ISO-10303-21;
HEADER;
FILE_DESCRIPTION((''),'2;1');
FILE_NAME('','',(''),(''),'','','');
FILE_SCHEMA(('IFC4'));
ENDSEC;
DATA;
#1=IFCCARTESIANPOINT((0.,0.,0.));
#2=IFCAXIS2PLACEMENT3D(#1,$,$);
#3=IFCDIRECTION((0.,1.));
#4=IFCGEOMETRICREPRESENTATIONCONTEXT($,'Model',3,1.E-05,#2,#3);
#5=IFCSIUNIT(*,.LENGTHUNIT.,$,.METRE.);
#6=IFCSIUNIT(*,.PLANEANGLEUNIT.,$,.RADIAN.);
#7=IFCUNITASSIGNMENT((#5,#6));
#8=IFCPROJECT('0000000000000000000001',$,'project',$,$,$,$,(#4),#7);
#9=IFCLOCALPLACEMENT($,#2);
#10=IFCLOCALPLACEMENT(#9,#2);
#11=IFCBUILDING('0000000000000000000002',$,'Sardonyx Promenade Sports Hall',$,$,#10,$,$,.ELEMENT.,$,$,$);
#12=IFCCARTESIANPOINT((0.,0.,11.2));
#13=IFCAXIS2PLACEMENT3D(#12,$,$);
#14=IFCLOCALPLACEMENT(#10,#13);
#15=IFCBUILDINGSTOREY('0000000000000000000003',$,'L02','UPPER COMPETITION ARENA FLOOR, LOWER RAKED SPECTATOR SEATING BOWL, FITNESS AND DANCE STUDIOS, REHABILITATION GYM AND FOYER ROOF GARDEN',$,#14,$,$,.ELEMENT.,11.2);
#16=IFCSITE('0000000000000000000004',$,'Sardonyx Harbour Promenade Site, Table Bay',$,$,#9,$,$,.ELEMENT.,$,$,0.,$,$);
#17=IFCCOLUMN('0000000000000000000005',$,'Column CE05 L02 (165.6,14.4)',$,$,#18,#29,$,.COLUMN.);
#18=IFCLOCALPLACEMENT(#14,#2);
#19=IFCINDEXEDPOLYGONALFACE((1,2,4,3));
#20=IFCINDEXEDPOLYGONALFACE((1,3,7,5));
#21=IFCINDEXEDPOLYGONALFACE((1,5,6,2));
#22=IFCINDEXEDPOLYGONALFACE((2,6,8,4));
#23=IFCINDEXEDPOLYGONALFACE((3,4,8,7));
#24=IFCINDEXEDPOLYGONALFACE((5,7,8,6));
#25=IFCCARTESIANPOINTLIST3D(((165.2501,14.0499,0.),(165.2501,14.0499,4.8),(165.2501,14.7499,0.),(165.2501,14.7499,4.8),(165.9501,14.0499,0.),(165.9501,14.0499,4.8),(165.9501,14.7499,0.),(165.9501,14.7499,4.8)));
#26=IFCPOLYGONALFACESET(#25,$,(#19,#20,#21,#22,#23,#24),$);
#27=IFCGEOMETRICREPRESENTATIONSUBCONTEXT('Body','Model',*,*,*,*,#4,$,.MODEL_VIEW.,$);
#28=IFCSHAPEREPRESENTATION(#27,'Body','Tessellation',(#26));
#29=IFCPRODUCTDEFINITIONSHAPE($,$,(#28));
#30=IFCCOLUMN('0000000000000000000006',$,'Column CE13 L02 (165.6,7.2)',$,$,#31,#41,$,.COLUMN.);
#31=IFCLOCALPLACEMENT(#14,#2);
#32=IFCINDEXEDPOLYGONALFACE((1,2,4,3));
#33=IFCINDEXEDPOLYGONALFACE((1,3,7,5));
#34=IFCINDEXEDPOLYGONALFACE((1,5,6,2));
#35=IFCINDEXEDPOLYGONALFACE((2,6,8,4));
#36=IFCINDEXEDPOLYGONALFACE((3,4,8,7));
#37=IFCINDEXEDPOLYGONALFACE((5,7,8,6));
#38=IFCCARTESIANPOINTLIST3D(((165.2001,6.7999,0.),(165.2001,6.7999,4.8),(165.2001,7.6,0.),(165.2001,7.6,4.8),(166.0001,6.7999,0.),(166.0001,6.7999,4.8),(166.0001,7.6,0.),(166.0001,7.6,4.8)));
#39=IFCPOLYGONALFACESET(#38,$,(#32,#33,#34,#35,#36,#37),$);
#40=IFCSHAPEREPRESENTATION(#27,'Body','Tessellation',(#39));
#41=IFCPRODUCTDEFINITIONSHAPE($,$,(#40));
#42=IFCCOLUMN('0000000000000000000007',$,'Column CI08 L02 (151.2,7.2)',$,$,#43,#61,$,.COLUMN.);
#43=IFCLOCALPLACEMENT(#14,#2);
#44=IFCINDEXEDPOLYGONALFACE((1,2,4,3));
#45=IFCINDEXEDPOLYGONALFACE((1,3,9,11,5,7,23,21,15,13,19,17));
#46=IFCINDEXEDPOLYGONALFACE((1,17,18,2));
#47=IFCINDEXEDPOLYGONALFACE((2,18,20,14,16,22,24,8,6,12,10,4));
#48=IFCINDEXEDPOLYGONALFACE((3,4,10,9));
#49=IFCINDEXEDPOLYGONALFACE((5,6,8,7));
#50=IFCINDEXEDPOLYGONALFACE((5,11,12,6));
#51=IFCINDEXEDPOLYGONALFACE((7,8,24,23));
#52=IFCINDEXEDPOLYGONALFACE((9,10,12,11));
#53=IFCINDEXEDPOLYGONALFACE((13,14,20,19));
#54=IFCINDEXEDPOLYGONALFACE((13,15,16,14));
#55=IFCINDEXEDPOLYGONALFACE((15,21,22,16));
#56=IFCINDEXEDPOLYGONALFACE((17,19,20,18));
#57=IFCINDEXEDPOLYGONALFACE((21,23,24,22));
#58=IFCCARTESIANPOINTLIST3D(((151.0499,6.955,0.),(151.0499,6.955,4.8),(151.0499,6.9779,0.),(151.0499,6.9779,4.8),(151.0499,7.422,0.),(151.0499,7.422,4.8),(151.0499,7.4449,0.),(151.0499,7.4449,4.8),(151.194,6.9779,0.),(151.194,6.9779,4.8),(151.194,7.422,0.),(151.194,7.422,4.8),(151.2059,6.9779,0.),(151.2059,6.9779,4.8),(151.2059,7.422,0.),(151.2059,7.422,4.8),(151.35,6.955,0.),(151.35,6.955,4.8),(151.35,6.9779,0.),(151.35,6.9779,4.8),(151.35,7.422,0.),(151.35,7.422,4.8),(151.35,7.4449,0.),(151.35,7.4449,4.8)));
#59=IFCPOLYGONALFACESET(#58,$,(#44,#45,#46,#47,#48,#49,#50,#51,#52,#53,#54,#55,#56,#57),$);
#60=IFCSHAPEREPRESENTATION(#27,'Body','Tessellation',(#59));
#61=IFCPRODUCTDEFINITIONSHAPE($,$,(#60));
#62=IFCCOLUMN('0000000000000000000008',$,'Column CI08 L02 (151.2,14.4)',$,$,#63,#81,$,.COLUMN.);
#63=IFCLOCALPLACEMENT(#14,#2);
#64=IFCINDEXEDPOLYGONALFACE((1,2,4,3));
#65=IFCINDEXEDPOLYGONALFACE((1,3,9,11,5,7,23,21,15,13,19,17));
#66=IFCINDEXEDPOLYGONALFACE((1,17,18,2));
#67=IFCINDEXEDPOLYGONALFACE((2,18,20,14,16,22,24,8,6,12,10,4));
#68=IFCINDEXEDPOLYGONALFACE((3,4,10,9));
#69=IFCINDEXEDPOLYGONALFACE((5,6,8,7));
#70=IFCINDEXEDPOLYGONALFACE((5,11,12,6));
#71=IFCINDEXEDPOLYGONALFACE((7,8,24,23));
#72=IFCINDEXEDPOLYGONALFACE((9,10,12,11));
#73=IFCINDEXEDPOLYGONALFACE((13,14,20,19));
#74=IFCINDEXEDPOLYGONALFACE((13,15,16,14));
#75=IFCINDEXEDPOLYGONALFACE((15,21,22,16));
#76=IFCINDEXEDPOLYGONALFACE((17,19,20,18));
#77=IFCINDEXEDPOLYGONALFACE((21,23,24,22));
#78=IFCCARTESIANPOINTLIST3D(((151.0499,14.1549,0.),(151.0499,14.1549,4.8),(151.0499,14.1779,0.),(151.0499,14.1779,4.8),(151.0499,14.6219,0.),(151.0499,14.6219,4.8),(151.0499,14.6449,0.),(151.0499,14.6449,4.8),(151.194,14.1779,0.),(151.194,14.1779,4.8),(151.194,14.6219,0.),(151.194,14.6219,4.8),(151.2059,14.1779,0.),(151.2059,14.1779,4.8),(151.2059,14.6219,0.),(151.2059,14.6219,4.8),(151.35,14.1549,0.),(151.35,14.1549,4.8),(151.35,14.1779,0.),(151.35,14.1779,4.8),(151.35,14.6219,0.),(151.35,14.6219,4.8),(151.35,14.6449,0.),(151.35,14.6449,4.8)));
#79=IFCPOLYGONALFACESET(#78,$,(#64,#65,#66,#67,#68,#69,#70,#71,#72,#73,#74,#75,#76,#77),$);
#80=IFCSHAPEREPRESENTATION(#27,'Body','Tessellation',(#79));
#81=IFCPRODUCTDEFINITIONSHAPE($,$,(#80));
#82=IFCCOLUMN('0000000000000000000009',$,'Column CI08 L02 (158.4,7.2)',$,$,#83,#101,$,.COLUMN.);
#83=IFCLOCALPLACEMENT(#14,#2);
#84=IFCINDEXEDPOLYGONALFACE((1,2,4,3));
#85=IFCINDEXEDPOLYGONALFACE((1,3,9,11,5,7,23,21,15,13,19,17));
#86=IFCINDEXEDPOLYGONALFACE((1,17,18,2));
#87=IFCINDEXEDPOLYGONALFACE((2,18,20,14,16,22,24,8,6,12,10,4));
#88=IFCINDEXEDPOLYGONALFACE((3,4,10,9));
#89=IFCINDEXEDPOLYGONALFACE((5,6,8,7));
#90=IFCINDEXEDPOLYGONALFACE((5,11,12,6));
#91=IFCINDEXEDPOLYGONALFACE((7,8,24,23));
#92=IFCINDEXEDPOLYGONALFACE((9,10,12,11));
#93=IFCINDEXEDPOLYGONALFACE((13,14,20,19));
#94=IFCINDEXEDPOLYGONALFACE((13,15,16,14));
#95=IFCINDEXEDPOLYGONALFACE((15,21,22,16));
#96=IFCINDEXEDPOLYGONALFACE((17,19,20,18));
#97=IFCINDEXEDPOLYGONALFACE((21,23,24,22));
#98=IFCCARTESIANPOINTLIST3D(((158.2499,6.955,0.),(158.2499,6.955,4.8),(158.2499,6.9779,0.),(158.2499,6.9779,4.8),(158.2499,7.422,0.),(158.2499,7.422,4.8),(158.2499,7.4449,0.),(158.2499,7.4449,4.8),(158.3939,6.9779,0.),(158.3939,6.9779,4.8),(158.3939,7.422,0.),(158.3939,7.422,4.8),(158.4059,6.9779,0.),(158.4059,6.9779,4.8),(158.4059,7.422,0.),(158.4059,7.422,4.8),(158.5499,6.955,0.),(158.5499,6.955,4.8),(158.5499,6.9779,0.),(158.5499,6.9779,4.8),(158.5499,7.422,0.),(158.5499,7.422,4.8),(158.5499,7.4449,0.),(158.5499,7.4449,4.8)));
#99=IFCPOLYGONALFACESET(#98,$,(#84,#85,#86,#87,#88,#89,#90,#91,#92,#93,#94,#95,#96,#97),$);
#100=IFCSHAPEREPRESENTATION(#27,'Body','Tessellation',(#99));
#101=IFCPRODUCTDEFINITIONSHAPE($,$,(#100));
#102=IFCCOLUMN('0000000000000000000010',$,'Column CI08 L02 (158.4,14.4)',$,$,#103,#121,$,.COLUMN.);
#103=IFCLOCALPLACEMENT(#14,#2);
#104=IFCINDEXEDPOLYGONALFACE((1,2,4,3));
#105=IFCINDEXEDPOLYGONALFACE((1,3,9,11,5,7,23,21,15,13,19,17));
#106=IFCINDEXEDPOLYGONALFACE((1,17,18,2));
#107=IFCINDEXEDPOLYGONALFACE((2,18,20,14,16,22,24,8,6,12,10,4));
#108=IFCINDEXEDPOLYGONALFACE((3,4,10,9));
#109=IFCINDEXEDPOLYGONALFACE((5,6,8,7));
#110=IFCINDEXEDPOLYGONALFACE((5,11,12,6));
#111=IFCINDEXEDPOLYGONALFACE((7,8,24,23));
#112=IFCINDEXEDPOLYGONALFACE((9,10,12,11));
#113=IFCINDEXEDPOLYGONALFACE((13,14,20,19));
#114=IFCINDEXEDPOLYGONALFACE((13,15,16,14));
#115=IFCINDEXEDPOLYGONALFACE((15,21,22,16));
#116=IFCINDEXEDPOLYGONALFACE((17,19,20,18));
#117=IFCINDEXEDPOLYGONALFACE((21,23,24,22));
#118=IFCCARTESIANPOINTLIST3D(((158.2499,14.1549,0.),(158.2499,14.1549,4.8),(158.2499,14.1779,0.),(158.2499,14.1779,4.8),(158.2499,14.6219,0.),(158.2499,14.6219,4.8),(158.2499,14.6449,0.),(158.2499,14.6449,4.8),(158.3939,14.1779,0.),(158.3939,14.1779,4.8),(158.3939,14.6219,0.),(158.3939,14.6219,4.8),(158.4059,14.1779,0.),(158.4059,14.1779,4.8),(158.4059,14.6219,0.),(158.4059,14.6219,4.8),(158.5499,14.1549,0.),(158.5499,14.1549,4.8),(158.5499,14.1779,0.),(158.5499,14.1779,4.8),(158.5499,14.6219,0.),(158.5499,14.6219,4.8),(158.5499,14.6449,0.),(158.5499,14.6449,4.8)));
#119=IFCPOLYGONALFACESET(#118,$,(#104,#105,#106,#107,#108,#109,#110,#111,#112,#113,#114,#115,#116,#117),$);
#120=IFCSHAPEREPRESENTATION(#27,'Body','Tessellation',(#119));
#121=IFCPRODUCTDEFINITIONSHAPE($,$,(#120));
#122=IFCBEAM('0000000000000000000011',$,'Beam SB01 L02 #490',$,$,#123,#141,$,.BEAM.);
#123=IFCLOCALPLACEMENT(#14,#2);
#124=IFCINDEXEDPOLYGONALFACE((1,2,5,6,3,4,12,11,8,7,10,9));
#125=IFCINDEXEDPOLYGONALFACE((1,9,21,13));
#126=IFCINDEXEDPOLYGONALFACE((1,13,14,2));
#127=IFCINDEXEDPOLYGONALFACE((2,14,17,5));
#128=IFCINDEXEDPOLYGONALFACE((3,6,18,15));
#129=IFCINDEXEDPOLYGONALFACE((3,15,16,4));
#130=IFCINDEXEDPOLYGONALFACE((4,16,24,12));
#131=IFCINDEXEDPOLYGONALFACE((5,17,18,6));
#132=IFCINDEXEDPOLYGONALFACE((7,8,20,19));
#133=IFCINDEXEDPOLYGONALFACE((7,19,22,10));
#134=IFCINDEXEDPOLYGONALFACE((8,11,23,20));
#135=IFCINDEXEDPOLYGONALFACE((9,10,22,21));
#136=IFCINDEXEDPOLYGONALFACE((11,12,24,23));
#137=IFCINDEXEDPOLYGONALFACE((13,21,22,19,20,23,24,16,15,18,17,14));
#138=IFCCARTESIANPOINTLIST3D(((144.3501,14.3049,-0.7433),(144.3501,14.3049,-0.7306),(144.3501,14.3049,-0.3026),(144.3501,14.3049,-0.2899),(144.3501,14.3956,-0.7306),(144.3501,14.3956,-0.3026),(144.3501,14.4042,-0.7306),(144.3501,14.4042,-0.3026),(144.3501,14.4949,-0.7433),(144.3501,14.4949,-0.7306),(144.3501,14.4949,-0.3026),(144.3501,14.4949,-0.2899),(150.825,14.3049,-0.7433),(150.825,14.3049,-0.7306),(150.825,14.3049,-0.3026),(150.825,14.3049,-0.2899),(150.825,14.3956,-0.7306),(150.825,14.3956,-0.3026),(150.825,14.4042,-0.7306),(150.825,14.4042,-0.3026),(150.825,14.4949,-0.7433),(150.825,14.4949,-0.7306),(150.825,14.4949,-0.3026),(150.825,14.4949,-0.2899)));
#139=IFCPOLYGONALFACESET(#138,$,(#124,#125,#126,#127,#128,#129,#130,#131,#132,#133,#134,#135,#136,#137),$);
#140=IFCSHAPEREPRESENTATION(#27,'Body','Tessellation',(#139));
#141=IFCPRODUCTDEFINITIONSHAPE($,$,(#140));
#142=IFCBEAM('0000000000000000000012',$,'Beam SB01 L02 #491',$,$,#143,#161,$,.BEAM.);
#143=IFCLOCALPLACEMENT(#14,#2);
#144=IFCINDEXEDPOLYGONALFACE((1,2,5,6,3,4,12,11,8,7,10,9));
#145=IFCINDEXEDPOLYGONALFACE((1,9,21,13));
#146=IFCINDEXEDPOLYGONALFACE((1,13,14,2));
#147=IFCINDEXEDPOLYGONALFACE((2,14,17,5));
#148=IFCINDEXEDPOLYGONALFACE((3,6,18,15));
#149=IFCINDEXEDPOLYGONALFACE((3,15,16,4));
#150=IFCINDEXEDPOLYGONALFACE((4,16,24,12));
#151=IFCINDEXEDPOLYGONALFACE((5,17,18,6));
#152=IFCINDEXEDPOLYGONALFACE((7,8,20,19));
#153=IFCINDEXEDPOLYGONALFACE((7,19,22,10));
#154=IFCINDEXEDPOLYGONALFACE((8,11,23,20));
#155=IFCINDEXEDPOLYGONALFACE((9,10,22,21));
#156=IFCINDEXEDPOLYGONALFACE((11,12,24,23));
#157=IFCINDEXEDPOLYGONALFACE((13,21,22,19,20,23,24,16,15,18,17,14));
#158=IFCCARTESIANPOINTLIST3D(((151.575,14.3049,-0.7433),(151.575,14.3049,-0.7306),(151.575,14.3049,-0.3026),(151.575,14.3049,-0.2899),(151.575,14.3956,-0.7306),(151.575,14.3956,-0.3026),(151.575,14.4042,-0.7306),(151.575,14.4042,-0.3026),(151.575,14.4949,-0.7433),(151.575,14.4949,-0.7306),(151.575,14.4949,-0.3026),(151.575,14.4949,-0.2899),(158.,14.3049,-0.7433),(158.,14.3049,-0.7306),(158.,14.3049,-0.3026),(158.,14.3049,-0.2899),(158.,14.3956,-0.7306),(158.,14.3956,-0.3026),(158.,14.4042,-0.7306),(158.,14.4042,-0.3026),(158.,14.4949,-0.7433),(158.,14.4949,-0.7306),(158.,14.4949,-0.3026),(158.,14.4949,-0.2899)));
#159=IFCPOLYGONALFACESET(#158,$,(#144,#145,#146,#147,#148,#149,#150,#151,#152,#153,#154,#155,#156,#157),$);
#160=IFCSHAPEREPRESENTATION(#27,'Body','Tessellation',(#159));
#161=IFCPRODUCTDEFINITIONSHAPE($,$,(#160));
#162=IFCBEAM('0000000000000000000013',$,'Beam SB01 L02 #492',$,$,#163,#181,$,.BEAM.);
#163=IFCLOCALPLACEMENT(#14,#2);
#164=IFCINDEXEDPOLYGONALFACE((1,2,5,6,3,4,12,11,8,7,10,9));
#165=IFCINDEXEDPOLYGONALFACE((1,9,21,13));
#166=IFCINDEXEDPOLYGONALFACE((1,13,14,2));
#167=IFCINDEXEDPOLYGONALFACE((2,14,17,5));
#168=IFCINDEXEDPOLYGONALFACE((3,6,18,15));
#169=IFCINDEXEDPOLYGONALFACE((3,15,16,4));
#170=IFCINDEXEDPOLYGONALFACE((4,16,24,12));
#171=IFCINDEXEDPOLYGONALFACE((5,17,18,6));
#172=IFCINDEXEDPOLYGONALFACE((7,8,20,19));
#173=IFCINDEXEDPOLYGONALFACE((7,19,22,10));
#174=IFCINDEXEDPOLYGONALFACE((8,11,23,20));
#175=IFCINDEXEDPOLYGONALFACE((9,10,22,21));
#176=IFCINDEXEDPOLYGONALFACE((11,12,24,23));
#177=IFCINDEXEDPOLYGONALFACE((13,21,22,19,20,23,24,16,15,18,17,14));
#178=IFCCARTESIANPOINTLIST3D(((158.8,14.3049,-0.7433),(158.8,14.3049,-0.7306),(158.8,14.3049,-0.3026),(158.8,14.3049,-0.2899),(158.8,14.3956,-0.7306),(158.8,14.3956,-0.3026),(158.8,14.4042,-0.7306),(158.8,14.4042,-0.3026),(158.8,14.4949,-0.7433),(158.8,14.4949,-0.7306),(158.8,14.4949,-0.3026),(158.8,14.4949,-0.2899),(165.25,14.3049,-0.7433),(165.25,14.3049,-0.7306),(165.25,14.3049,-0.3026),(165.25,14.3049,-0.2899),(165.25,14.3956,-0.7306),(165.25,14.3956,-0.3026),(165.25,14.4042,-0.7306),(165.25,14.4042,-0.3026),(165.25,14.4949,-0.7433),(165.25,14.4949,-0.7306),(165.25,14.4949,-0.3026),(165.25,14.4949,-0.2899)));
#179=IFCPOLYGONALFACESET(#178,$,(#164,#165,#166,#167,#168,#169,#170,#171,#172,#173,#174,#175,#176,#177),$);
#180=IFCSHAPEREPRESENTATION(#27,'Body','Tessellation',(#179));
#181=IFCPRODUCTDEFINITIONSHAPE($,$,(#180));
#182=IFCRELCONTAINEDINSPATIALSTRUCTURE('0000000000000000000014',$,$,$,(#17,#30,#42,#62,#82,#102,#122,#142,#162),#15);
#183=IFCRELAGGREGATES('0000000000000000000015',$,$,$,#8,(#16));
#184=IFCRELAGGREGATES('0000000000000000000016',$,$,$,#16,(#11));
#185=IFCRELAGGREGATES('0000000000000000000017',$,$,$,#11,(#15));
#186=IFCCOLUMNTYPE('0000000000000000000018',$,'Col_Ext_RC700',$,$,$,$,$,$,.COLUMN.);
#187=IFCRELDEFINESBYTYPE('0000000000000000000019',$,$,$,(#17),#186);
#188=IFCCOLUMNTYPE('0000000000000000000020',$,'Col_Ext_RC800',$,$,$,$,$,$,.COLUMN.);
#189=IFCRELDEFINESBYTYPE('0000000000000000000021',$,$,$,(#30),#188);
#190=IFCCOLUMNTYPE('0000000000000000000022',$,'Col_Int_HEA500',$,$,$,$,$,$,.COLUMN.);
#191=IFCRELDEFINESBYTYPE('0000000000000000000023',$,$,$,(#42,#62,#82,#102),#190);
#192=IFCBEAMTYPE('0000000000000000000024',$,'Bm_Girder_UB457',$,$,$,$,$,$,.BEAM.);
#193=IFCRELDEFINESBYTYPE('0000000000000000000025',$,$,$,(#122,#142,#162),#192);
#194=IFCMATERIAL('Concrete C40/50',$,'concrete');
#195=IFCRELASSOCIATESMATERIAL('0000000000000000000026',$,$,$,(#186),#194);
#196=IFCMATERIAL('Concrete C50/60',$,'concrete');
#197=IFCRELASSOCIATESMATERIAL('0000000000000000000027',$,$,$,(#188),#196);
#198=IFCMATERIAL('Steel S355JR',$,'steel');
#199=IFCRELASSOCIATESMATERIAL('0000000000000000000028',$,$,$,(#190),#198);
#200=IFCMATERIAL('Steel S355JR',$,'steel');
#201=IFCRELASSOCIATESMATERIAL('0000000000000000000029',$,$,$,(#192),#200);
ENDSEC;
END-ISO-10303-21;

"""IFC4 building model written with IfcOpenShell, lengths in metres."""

from ifc_helpers import new_model, si_unit, direction, frame, origin, origin_2d, place, context, subcontext, project, spatial, rectangle, i_section, extrude, material, material_profile, profile_set, type_object, element, save


model = new_model("IFC4")

# Units and contexts
model_context = context("Model", 3, precision=1e-05, world=origin(), true_north=direction((0.0, 1.0)))
body_context = subcontext(model_context, "Body", "Model", "MODEL_VIEW")
ifc_project = project(units=[si_unit("LENGTHUNIT", "METRE"), si_unit("PLANEANGLEUNIT", "RADIAN")], contexts=[model_context])

# Site, building, storey
site_placement = place(None, origin())
site = spatial("IfcSite", under=ifc_project, at=site_placement, Name="Sardonyx Harbour Promenade Site, Table Bay", CompositionType="ELEMENT", RefElevation=0.0)
building_placement = place(site_placement, origin())
building = spatial("IfcBuilding", under=site, at=building_placement, Name="Sardonyx Promenade Sports Hall", CompositionType="ELEMENT")
storey_placement = place(building_placement, frame((0.0, 0.0, 11.2)))
storey = spatial("IfcBuildingStorey", under=building, at=storey_placement, Name="L02", Description="UPPER COMPETITION ARENA FLOOR, LOWER RAKED SPECTATOR SEATING BOWL, FITNESS AND DANCE STUDIOS, REHABILITATION GYM AND FOYER ROOF GARDEN", CompositionType="ELEMENT", Elevation=11.2)

# Columns
ifc_material_1 = material(Name="Concrete C40/50", Category="concrete")
ifc_material_profile_1 = material_profile(ifc_material_1, rectangle(XDim=0.7, YDim=0.7, at=origin_2d()))
ifc_profile_set_1 = profile_set([ifc_material_profile_1], Name="Concrete C40/50")
column_type_1 = type_object("IfcColumnType", Name="Col_Ext_RC700", PredefinedType="COLUMN", material=ifc_profile_set_1)
column_1_placement = place(storey_placement, frame((165.6001, 14.3999, 0.0), z_axis=(0.0, 0.0, 1.0), x_axis=(1.0, 0.0, 0.0)))
element("IfcColumn", 1, at=column_1_placement, inside=storey, type_object=column_type_1, Name="Column CE05 L02 (165.6,14.4)", PredefinedType="COLUMN", context=body_context, shape_type="SweptSolid", body=[
    extrude(rectangle(XDim=0.7, YDim=0.7, at=origin_2d()), origin(), (0.0, 0.0, 1.0), 4.8),
])
ifc_material_2 = material(Name="Concrete C50/60", Category="concrete")
ifc_material_profile_2 = material_profile(ifc_material_2, rectangle(XDim=0.8, YDim=0.8, at=origin_2d()))
ifc_profile_set_2 = profile_set([ifc_material_profile_2], Name="Concrete C50/60")
column_type_2 = type_object("IfcColumnType", Name="Col_Ext_RC800", PredefinedType="COLUMN", material=ifc_profile_set_2)
column_2_placement = place(storey_placement, frame((165.6001, 7.2, 0.0), z_axis=(0.0, 0.0, 1.0), x_axis=(1.0, 0.0, 0.0)))
element("IfcColumn", 2, at=column_2_placement, inside=storey, type_object=column_type_2, Name="Column CE13 L02 (165.6,7.2)", PredefinedType="COLUMN", context=body_context, shape_type="SweptSolid", body=[
    extrude(rectangle(XDim=0.8, YDim=0.8, at=origin_2d()), origin(), (0.0, 0.0, 1.0), 4.8),
])
ifc_material_3 = material(Name="Steel S355JR", Category="steel")
ifc_material_profile_3 = material_profile(ifc_material_3, i_section(OverallWidth=0.3, OverallDepth=0.49, WebThickness=0.012, FlangeThickness=0.0229, at=origin_2d()))
ifc_profile_set_3 = profile_set([ifc_material_profile_3], Name="Steel S355JR")
column_type_3 = type_object("IfcColumnType", Name="Col_Int_HEA500", PredefinedType="COLUMN", material=ifc_profile_set_3)
for number, where, z_axis, x_axis, name in (
    (3, (151.2, 7.2, 0.0), (0.0, 0.0, 1.0), (1.0, 0.0, 0.0), "Column CI08 L02 (151.2,7.2)"),
    (4, (151.2, 14.3999, 0.0), (0.0, 0.0, 1.0), (1.0, 0.0, 0.0), "Column CI08 L02 (151.2,14.4)"),
    (5, (158.3999, 7.2, 0.0), (0.0, 0.0, 1.0), (1.0, 0.0, 0.0), "Column CI08 L02 (158.4,7.2)"),
    (6, (158.3999, 14.3999, 0.0), (0.0, 0.0, 1.0), (1.0, 0.0, 0.0), "Column CI08 L02 (158.4,14.4)"),
):
    element("IfcColumn", number, at=place(storey_placement, frame(where, z_axis=z_axis, x_axis=x_axis)), inside=storey, type_object=column_type_3, Name=name, PredefinedType="COLUMN", context=body_context, shape_type="SweptSolid", body=[
        extrude(i_section(OverallWidth=0.3, OverallDepth=0.49, WebThickness=0.012, FlangeThickness=0.0229, at=origin_2d()), origin(), (0.0, 0.0, 1.0), 4.8),
    ])

# Beams
ifc_material_4 = material(Name="Steel S355JR", Category="steel")
ifc_material_profile_4 = material_profile(ifc_material_4, i_section(OverallWidth=0.1899, OverallDepth=0.4534, WebThickness=0.0085, FlangeThickness=0.0127, at=origin_2d()))
ifc_profile_set_4 = profile_set([ifc_material_profile_4], Name="Steel S355JR")
beam_type_1 = type_object("IfcBeamType", Name="Bm_Girder_UB457", PredefinedType="BEAM", material=ifc_profile_set_4)
beam_1_placement = place(storey_placement, frame((144.3501, 14.3999, -0.5166), z_axis=(1.0, 0.0, 0.0), x_axis=(0.0, 1.0, 0.0)))
element("IfcBeam", 7, at=beam_1_placement, inside=storey, type_object=beam_type_1, Name="Beam SB01 L02 #490", PredefinedType="BEAM", context=body_context, shape_type="SweptSolid", body=[
    extrude(i_section(OverallWidth=0.1899, OverallDepth=0.4534, WebThickness=0.0085, FlangeThickness=0.0127, at=origin_2d()), origin(), (0.0, 0.0, 1.0), 6.4749),
])
beam_2_placement = place(storey_placement, frame((151.575, 14.3999, -0.5166), z_axis=(1.0, 0.0, 0.0), x_axis=(0.0, 1.0, 0.0)))
element("IfcBeam", 8, at=beam_2_placement, inside=storey, type_object=beam_type_1, Name="Beam SB01 L02 #491", PredefinedType="BEAM", context=body_context, shape_type="SweptSolid", body=[
    extrude(i_section(OverallWidth=0.1899, OverallDepth=0.4534, WebThickness=0.0085, FlangeThickness=0.0127, at=origin_2d()), origin(), (0.0, 0.0, 1.0), 6.425),
])
beam_3_placement = place(storey_placement, frame((158.8, 14.3999, -0.5166), z_axis=(1.0, 0.0, 0.0), x_axis=(0.0, 1.0, 0.0)))
element("IfcBeam", 9, at=beam_3_placement, inside=storey, type_object=beam_type_1, Name="Beam SB01 L02 #492", PredefinedType="BEAM", context=body_context, shape_type="SweptSolid", body=[
    extrude(i_section(OverallWidth=0.1899, OverallDepth=0.4534, WebThickness=0.0085, FlangeThickness=0.0127, at=origin_2d()), origin(), (0.0, 0.0, 1.0), 6.45),
])

save(model, "model.ifc")
